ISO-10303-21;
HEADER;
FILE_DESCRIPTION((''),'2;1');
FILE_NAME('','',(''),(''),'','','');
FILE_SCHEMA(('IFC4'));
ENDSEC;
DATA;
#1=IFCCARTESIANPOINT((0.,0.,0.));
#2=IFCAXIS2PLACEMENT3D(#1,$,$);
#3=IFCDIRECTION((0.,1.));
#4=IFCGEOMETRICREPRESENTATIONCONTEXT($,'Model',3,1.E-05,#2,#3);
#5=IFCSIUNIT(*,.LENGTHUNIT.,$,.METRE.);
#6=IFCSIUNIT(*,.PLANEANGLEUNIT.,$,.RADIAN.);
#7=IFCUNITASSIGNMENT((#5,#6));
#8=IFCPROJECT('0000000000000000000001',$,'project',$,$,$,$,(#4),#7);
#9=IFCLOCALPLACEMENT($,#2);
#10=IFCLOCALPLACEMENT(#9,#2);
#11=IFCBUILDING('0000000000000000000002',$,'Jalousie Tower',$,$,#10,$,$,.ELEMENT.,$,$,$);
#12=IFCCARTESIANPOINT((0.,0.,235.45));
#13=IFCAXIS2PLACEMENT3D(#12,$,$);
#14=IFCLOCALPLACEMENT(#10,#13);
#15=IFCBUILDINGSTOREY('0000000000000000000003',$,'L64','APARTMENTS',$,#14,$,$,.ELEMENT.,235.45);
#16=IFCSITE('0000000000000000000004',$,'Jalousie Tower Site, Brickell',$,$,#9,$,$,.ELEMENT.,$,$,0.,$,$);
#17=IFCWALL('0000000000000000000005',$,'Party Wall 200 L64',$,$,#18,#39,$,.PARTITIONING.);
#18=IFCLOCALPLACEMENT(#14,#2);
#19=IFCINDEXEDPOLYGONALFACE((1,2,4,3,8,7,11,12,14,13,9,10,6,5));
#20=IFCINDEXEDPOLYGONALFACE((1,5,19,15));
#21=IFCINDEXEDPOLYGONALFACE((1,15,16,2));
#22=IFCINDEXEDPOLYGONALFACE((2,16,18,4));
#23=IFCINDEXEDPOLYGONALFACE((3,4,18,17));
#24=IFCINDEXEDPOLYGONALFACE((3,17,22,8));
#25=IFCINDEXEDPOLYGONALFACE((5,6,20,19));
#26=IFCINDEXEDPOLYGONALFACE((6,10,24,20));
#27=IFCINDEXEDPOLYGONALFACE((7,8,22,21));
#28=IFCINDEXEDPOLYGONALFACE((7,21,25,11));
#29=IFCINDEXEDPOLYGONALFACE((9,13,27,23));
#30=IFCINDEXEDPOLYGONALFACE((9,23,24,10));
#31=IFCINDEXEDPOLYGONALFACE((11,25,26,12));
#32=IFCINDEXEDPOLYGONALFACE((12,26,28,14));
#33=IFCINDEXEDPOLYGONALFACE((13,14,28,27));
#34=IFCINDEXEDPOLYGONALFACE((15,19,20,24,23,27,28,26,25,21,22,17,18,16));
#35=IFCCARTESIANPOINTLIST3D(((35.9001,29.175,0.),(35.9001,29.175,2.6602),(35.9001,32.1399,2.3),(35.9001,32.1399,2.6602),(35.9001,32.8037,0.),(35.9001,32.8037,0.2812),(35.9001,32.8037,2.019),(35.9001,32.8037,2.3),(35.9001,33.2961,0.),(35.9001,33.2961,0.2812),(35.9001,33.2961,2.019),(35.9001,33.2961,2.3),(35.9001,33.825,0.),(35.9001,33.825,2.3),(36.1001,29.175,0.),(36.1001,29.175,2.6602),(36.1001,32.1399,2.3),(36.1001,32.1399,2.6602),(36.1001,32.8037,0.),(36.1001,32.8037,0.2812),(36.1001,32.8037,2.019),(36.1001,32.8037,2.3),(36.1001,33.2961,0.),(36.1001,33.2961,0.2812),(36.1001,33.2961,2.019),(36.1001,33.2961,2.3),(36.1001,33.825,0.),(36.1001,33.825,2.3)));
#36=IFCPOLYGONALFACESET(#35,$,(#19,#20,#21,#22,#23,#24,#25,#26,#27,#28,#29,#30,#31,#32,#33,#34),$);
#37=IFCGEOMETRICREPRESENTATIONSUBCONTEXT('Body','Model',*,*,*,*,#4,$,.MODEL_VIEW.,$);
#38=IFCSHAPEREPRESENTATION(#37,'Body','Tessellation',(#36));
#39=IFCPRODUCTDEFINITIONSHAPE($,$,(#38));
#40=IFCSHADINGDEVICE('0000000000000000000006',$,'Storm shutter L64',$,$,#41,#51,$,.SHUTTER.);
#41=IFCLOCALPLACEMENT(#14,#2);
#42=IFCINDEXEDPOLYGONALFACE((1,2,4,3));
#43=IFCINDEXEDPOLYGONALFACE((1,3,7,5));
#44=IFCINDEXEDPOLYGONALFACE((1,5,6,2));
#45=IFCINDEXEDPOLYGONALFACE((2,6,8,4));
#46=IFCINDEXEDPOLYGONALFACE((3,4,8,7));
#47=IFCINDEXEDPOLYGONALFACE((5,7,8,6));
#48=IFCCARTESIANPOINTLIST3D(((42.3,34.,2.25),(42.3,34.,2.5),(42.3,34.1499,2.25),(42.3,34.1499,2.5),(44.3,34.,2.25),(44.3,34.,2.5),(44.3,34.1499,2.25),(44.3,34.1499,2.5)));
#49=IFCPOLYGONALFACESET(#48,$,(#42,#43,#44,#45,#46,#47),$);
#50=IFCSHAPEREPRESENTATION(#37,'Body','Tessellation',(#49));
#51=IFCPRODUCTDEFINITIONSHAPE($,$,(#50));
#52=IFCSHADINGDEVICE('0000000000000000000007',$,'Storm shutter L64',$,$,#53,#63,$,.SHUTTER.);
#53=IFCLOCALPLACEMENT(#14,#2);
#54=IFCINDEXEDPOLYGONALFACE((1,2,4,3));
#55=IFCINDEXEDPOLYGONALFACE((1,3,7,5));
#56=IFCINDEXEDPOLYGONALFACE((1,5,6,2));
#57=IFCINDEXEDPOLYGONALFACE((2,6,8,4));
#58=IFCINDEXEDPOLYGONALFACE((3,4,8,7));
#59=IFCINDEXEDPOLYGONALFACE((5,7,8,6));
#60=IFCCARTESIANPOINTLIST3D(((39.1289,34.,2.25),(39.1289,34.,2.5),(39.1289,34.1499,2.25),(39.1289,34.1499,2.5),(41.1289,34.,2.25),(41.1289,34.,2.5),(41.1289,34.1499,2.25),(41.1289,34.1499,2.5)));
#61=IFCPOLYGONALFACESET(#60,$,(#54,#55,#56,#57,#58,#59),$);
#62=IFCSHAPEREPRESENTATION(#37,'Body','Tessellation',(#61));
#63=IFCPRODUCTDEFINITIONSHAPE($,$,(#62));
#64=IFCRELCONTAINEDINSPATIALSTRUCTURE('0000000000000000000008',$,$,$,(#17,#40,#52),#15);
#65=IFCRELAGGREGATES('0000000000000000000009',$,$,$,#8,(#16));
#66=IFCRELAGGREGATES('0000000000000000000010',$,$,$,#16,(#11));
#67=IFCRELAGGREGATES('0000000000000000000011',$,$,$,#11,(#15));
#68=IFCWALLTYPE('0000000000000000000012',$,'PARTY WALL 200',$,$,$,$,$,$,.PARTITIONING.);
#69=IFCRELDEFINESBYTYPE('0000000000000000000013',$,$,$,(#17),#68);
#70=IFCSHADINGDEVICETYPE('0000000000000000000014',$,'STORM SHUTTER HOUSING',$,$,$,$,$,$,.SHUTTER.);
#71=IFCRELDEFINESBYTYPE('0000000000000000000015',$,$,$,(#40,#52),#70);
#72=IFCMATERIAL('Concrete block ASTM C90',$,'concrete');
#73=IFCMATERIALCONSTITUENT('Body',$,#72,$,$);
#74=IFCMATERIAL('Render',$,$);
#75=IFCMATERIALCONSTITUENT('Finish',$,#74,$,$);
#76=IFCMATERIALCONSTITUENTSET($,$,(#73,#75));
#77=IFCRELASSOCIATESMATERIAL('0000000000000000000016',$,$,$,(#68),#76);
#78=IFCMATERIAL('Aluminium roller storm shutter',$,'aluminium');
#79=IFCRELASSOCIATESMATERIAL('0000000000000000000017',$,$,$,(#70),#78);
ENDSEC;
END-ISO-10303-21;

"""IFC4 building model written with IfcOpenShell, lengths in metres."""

from ifc_helpers import new_model, si_unit, direction, frame, origin, origin_2d, place, context, subcontext, project, spatial, polyline, rectangle, outline, extrude, material, constituent, constituent_set, type_object, element, save


model = new_model("IFC4")

# Units and contexts
model_context = context("Model", 3, precision=1e-05, world=origin(), true_north=direction((0.0, 1.0)))
body_context = subcontext(model_context, "Body", "Model", "MODEL_VIEW")
ifc_project = project(units=[si_unit("LENGTHUNIT", "METRE"), si_unit("PLANEANGLEUNIT", "RADIAN")], contexts=[model_context])

# Site, building, storey
site_placement = place(None, origin())
site = spatial("IfcSite", under=ifc_project, at=site_placement, Name="Jalousie Tower Site, Brickell", CompositionType="ELEMENT", RefElevation=0.0)
building_placement = place(site_placement, origin())
building = spatial("IfcBuilding", under=site, at=building_placement, Name="Jalousie Tower", CompositionType="ELEMENT")
storey_placement = place(building_placement, frame((0.0, 0.0, 235.45)))
storey = spatial("IfcBuildingStorey", under=building, at=storey_placement, Name="L64", Description="APARTMENTS", CompositionType="ELEMENT", Elevation=235.45)

# Wall
ifc_material_1 = material(Name="Concrete block ASTM C90", Category="concrete")
ifc_constituent_1 = constituent(ifc_material_1, Name="Body")
ifc_material_2 = material(Name="Render")
ifc_constituent_2 = constituent(ifc_material_2, Name="Finish")
ifc_constituent_set_1 = constituent_set(constituents=[ifc_constituent_1, ifc_constituent_2])
wall_type_1 = type_object("IfcWallType", Name="PARTY WALL 200", PredefinedType="PARTITIONING", material=ifc_constituent_set_1)
wall_1_placement = place(storey_placement, frame((36.0, 33.825, 0.0), z_axis=(0.0, 0.0, 1.0), x_axis=(0.0, -1.0, 0.0)))
element("IfcWall", 1, at=wall_1_placement, inside=storey, type_object=wall_type_1, Name="Party Wall 200 L64", PredefinedType="PARTITIONING", context=body_context, shape_type="SweptSolid", body=[
    extrude(outline(polyline([(0.5288, 2.3), (0.0, 2.3), (0.0, 0.0), (0.5288, 0.0), (0.5288, 0.2812), (1.0212, 0.2812), (1.0212, 0.0), (4.6499, 0.0), (4.6499, 2.6602), (1.6851, 2.6602), (1.6851, 2.3), (1.0212, 2.3), (1.0212, 2.019), (0.5288, 2.019), (0.5288, 2.3)])), frame((0.0, 0.1001, 0.0), z_axis=(0.0, -1.0, 0.0), x_axis=(1.0, 0.0, 0.0)), (0.0, 0.0, 1.0), 0.2),
])

# Shading devices
ifc_material_3 = material(Name="Aluminium roller storm shutter", Category="aluminium")
shading_device_type = type_object("IfcShadingDeviceType", Name="STORM SHUTTER HOUSING", PredefinedType="SHUTTER", material=ifc_material_3)
for number, where, z_axis, x_axis, name in (
    (2, (43.3, 34.075, 2.25), (0.0, 0.0, 1.0), (-1.0, 0.0, 0.0), "Storm shutter L64"),
    (3, (40.1289, 34.075, 2.25), (0.0, 0.0, 1.0), (-1.0, 0.0, 0.0), "Storm shutter L64"),
):
    element("IfcShadingDevice", number, at=place(storey_placement, frame(where, z_axis=z_axis, x_axis=x_axis)), inside=storey, type_object=shading_device_type, Name=name, PredefinedType="SHUTTER", context=body_context, shape_type="SweptSolid", body=[
        extrude(rectangle(XDim=2.0, YDim=0.1499, at=origin_2d()), origin(), (0.0, 0.0, 1.0), 0.25),
    ])

save(model, "model.ifc")
